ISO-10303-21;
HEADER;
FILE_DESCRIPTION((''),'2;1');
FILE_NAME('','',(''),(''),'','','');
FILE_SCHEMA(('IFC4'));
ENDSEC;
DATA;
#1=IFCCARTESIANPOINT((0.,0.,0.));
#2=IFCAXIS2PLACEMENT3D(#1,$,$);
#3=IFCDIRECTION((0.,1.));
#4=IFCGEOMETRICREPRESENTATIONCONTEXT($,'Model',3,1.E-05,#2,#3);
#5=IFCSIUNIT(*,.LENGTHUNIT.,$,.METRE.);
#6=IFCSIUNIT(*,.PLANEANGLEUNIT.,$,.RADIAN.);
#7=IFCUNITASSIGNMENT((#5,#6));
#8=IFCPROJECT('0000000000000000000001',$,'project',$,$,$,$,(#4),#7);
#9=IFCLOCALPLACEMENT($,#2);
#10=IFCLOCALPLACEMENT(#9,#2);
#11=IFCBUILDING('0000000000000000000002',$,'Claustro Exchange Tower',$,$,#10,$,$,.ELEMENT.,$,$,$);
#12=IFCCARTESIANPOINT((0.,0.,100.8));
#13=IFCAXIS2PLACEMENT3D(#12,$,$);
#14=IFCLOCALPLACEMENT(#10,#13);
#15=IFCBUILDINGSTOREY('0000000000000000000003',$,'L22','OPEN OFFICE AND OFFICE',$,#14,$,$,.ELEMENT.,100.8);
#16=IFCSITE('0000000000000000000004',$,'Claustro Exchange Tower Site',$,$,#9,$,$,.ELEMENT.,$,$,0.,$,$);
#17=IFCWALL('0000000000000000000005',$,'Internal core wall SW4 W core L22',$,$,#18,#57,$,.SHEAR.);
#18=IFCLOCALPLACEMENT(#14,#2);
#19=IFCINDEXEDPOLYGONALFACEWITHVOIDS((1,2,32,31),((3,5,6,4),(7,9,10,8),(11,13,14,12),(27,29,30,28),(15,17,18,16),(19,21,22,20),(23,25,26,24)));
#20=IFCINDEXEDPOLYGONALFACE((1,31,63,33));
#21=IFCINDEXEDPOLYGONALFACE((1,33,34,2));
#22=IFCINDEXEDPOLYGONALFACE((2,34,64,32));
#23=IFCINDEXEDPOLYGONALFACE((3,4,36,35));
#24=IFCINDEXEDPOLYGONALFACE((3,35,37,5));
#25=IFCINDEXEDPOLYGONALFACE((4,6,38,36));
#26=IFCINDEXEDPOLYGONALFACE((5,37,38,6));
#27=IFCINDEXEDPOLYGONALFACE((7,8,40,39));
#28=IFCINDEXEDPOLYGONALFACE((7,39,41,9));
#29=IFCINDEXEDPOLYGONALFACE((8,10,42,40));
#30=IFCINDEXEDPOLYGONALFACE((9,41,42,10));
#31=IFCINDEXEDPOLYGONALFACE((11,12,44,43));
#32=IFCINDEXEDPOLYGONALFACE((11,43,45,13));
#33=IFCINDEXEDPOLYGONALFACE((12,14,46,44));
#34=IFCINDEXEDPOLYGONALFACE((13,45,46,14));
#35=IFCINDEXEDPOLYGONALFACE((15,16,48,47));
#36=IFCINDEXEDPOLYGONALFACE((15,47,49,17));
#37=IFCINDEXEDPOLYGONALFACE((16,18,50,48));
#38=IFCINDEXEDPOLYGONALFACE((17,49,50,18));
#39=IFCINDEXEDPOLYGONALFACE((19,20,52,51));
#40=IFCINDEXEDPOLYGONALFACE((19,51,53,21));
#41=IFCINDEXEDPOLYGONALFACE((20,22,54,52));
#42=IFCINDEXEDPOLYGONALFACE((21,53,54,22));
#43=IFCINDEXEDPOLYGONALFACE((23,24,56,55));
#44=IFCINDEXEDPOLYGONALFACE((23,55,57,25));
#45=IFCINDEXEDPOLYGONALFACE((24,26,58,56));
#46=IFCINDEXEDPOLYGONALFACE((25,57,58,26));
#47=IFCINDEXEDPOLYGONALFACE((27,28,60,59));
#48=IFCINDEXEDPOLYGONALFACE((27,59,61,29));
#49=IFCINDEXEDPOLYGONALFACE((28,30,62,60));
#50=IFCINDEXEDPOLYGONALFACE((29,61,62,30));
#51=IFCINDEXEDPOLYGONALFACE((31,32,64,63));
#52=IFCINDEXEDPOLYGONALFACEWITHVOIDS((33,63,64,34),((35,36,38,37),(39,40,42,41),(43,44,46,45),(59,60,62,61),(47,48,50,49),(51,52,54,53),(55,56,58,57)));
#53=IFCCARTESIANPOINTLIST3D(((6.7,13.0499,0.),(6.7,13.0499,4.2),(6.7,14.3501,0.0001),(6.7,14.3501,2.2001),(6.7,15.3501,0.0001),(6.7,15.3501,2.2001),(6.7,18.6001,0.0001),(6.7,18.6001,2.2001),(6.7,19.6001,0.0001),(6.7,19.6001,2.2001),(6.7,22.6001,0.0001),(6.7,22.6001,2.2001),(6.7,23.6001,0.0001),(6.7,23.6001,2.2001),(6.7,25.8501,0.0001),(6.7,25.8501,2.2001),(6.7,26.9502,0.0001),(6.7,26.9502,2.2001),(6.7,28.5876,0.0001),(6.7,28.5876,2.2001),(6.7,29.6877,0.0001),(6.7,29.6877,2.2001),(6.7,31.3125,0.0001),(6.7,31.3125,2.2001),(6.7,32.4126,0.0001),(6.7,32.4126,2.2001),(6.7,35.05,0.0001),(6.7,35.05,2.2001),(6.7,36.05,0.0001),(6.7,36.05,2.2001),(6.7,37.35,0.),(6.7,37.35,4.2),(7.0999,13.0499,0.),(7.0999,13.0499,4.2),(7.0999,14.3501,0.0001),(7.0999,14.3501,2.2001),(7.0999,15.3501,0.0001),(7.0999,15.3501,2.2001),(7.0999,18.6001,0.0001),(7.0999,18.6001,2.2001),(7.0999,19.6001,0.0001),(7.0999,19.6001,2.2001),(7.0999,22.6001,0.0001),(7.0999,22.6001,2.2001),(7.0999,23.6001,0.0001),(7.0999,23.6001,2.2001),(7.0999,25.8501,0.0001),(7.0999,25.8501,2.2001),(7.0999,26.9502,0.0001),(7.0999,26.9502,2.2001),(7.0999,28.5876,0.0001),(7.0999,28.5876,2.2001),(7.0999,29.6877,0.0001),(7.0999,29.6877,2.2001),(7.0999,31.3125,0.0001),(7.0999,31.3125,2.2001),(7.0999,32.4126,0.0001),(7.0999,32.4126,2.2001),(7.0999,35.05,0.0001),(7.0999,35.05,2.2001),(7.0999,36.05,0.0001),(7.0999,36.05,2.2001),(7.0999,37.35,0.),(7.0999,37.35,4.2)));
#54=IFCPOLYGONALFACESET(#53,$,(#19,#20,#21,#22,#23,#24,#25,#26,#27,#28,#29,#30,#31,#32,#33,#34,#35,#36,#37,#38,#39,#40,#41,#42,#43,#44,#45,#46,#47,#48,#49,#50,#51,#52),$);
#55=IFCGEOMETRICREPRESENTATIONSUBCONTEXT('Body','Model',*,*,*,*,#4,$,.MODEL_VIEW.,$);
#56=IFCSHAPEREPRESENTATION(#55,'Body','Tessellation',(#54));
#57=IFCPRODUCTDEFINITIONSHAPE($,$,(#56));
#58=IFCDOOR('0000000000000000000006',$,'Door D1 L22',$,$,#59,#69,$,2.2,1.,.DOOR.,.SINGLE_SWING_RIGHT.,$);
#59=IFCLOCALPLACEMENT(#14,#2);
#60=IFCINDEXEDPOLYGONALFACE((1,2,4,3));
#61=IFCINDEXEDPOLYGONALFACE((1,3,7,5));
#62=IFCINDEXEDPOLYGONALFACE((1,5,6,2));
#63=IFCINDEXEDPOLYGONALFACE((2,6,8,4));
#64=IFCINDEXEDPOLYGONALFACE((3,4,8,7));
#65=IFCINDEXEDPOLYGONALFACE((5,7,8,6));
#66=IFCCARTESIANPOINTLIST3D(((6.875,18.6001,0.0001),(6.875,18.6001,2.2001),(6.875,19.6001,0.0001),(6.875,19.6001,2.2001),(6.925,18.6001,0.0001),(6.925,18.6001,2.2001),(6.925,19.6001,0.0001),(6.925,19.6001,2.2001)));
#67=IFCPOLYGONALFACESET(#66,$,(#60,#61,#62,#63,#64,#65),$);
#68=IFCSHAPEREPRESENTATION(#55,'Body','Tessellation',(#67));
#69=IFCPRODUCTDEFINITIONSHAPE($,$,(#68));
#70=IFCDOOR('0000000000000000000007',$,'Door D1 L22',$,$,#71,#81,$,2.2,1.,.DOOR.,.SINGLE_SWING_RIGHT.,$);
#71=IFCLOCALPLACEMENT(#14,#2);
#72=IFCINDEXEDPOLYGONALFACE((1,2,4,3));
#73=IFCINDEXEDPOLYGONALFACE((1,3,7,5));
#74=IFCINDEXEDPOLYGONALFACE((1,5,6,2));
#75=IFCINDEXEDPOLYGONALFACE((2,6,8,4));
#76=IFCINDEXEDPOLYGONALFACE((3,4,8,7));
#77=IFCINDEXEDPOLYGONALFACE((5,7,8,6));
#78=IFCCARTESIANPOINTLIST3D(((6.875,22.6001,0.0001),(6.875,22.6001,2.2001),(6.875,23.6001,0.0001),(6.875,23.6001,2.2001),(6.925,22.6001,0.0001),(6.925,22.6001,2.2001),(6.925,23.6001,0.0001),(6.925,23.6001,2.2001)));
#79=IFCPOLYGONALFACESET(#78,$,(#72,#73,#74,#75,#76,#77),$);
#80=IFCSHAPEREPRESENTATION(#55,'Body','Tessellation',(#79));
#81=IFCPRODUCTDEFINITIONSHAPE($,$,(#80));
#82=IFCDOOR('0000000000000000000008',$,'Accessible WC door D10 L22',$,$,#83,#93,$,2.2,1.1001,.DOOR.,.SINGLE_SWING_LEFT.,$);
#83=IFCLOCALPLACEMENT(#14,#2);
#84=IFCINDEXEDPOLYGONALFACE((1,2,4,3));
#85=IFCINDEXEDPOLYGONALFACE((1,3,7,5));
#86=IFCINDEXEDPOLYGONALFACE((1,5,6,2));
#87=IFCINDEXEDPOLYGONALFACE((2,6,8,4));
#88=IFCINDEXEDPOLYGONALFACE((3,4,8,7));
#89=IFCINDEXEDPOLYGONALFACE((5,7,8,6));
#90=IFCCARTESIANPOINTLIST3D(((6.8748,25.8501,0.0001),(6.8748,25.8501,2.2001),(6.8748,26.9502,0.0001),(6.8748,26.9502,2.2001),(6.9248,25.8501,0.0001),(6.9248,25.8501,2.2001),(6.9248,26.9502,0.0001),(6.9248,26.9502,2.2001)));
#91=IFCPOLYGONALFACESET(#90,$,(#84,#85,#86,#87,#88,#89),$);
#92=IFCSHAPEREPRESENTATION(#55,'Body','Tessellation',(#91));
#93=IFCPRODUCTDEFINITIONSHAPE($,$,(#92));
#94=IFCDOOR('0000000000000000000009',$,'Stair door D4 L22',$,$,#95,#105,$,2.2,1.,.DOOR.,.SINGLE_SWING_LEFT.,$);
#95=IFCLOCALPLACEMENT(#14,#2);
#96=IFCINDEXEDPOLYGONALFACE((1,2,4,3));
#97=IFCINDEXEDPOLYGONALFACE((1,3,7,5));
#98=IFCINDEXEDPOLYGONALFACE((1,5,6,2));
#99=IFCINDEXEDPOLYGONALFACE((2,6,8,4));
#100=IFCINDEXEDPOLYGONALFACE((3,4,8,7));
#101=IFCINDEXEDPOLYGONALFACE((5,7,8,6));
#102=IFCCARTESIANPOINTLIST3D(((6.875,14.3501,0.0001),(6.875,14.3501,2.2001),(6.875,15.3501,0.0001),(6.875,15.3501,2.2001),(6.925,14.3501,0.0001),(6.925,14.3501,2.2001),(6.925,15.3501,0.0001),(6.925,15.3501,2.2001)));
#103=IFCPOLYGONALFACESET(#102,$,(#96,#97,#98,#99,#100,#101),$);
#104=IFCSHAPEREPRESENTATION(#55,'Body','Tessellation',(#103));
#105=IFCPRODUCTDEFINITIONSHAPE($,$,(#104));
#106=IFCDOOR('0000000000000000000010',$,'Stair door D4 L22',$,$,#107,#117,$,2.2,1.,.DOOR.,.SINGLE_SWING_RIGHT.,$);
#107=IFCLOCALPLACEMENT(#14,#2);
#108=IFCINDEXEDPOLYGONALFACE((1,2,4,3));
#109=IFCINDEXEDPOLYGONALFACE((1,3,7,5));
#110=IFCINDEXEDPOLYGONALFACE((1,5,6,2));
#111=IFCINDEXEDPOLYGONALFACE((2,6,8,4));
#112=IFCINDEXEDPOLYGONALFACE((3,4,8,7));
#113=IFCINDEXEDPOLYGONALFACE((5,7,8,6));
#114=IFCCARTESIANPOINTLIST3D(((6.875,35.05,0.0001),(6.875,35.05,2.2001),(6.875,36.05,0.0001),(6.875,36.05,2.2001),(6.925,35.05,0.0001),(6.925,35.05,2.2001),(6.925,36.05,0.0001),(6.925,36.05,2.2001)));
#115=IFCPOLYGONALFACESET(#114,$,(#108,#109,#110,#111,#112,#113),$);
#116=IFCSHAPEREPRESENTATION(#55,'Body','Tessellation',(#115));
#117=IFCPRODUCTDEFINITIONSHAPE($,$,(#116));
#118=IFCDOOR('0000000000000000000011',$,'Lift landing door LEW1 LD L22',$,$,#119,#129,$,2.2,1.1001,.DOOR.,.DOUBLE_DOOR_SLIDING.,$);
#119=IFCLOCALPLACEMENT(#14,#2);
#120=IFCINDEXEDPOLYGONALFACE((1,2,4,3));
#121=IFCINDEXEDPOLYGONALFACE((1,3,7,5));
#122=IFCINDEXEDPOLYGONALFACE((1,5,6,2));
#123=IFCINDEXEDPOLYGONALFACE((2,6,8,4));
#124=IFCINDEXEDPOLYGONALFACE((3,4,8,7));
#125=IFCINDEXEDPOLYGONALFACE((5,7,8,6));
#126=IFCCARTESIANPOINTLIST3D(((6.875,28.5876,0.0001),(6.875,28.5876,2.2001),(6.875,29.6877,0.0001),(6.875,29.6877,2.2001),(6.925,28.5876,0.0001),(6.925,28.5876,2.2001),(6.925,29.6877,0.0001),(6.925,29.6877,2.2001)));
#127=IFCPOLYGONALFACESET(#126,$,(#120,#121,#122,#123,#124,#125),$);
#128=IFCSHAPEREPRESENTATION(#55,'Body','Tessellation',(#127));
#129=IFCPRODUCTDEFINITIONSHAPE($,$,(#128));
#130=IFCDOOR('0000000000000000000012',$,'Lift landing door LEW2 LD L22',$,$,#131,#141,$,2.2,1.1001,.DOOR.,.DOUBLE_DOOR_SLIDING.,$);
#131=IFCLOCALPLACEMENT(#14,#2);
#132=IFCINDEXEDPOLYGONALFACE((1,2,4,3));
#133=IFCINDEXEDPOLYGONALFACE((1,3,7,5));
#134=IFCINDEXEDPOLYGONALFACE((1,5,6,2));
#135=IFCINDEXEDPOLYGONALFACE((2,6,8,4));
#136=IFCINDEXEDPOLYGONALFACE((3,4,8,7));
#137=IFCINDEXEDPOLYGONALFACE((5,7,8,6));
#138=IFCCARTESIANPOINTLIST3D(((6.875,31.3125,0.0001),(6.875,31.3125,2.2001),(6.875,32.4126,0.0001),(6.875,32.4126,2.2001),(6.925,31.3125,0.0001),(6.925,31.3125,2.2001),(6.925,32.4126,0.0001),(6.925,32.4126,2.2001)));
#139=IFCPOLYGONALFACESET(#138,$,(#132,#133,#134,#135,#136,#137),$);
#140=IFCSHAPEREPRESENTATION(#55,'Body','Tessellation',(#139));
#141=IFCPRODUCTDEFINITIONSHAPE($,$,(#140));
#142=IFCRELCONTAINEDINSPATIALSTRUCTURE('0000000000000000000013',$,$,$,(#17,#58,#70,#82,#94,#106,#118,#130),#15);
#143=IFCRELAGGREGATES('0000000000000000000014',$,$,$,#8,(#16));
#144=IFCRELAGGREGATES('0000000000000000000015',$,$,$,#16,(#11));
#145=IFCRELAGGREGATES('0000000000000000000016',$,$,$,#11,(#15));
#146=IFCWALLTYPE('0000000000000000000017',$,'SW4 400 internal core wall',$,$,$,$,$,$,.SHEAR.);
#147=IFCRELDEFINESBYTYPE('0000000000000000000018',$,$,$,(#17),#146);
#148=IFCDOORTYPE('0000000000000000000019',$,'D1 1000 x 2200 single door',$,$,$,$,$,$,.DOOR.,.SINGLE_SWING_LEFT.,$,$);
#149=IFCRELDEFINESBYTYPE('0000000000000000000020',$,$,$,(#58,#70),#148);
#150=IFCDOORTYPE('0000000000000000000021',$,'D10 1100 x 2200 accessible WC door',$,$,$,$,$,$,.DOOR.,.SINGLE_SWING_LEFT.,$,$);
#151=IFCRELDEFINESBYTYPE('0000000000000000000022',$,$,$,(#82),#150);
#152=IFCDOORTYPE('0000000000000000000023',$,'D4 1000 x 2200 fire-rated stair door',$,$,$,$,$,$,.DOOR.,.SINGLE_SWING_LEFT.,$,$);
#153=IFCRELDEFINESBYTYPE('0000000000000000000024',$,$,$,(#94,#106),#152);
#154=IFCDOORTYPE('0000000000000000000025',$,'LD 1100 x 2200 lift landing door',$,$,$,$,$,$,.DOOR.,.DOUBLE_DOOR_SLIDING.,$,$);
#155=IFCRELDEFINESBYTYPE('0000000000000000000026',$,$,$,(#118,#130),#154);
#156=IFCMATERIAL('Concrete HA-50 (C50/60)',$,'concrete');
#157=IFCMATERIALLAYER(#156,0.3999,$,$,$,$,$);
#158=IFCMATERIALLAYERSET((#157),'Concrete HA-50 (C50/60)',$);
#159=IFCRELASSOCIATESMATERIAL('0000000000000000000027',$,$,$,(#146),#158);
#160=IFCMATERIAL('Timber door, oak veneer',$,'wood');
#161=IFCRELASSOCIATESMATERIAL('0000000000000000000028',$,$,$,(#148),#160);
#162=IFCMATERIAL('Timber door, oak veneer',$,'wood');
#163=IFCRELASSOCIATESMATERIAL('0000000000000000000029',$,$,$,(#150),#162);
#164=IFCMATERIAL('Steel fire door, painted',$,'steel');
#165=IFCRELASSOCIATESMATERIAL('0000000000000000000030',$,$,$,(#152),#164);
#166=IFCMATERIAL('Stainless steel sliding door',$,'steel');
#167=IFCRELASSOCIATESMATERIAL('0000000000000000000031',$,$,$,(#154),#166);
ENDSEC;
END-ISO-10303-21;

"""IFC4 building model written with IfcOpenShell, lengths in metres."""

from ifc_helpers import new_model, si_unit, direction, frame, frame_2d, origin, place, context, subcontext, project, spatial, rectangle, extrude, material, layer, layer_set, type_object, element, fill, save


model = new_model("IFC4")

# Units and contexts
model_context = context("Model", 3, precision=1e-05, world=origin(), true_north=direction((0.0, 1.0)))
body_context = subcontext(model_context, "Body", "Model", "MODEL_VIEW")
ifc_project = project(units=[si_unit("LENGTHUNIT", "METRE"), si_unit("PLANEANGLEUNIT", "RADIAN")], contexts=[model_context])

# Site, building, storey
site_placement = place(None, origin())
site = spatial("IfcSite", under=ifc_project, at=site_placement, Name="Claustro Exchange Tower Site", CompositionType="ELEMENT", RefElevation=0.0)
building_placement = place(site_placement, origin())
building = spatial("IfcBuilding", under=site, at=building_placement, Name="Claustro Exchange Tower", CompositionType="ELEMENT")
storey_placement = place(building_placement, frame((0.0, 0.0, 100.8)))
storey = spatial("IfcBuildingStorey", under=building, at=storey_placement, Name="L22", Description="OPEN OFFICE AND OFFICE", CompositionType="ELEMENT", Elevation=100.8)

# Wall, openings, doors
ifc_material_1 = material(Name="Concrete HA-50 (C50/60)", Category="concrete")
ifc_layer_1 = layer(ifc_material_1, 0.3999)
ifc_layer_set_1 = layer_set([ifc_layer_1], Name="Concrete HA-50 (C50/60)")
wall_type_1 = type_object("IfcWallType", Name="SW4 400 internal core wall", PredefinedType="SHEAR", material=ifc_layer_set_1)
wall_1_placement = place(storey_placement, frame((6.8999, 13.05, 0.0), z_axis=(0.0, 0.0, 1.0), x_axis=(0.0, 1.0, 0.0)))
wall_1 = element("IfcWall", 1, at=wall_1_placement, inside=storey, type_object=wall_type_1, Name="Internal core wall SW4 W core L22", PredefinedType="SHEAR", context=body_context, shape_type="SweptSolid", body=[
    extrude(rectangle(XDim=24.3, YDim=0.3999, at=frame_2d((12.1499, 0.0))), origin(), (0.0, 0.0, 1.0), 4.2),
])
opening_1_placement = place(wall_1_placement, frame((1.3, 0.0, 0.0)))
opening_1 = element("IfcOpeningElement", 2, at=opening_1_placement, cuts=wall_1, PredefinedType="OPENING", context=body_context, shape_type="SweptSolid", body=[
    extrude(rectangle(XDim=1.0, YDim=2.2, at=frame_2d((0.5, 1.1001))), frame((0.0, 0.21, 0.0), z_axis=(0.0, -1.0, 0.0), x_axis=(1.0, 0.0, 0.0)), (0.0, 0.0, 1.0), 0.4199),
])
opening_2_placement = place(wall_1_placement, frame((22.0, 0.0, 0.0)))
opening_2 = element("IfcOpeningElement", 3, at=opening_2_placement, cuts=wall_1, PredefinedType="OPENING", context=body_context, shape_type="SweptSolid", body=[
    extrude(rectangle(XDim=1.0, YDim=2.2, at=frame_2d((0.5, 1.1001))), frame((0.0, 0.21, 0.0), z_axis=(0.0, -1.0, 0.0), x_axis=(1.0, 0.0, 0.0)), (0.0, 0.0, 1.0), 0.4199),
])
opening_3_placement = place(wall_1_placement, frame((5.55, 0.0, 0.0)))
opening_3 = element("IfcOpeningElement", 4, at=opening_3_placement, cuts=wall_1, PredefinedType="OPENING", context=body_context, shape_type="SweptSolid", body=[
    extrude(rectangle(XDim=1.0, YDim=2.2, at=frame_2d((0.5, 1.1001))), frame((0.0, 0.21, 0.0), z_axis=(0.0, -1.0, 0.0), x_axis=(1.0, 0.0, 0.0)), (0.0, 0.0, 1.0), 0.4199),
])
opening_4_placement = place(wall_1_placement, frame((9.55, 0.0, 0.0)))
opening_4 = element("IfcOpeningElement", 5, at=opening_4_placement, cuts=wall_1, PredefinedType="OPENING", context=body_context, shape_type="SweptSolid", body=[
    extrude(rectangle(XDim=1.0, YDim=2.2, at=frame_2d((0.5, 1.1001))), frame((0.0, 0.21, 0.0), z_axis=(0.0, -1.0, 0.0), x_axis=(1.0, 0.0, 0.0)), (0.0, 0.0, 1.0), 0.4199),
])
opening_5_placement = place(wall_1_placement, frame((12.8, 0.0, 0.0)))
opening_5 = element("IfcOpeningElement", 6, at=opening_5_placement, cuts=wall_1, PredefinedType="OPENING", context=body_context, shape_type="SweptSolid", body=[
    extrude(rectangle(XDim=1.1001, YDim=2.2, at=frame_2d((0.55, 1.1001))), frame((0.0, 0.21, 0.0), z_axis=(0.0, -1.0, 0.0), x_axis=(1.0, 0.0, 0.0)), (0.0, 0.0, 1.0), 0.4199),
])
opening_6_placement = place(wall_1_placement, frame((15.5376, 0.0, 0.0)))
opening_6 = element("IfcOpeningElement", 7, at=opening_6_placement, cuts=wall_1, PredefinedType="OPENING", context=body_context, shape_type="SweptSolid", body=[
    extrude(rectangle(XDim=1.1001, YDim=2.2, at=frame_2d((0.55, 1.1001))), frame((0.0, 0.21, 0.0), z_axis=(0.0, -1.0, 0.0), x_axis=(1.0, 0.0, 0.0)), (0.0, 0.0, 1.0), 0.4199),
])
opening_7_placement = place(wall_1_placement, frame((18.2625, 0.0, 0.0)))
opening_7 = element("IfcOpeningElement", 8, at=opening_7_placement, cuts=wall_1, PredefinedType="OPENING", context=body_context, shape_type="SweptSolid", body=[
    extrude(rectangle(XDim=1.1001, YDim=2.2, at=frame_2d((0.55, 1.1001))), frame((0.0, 0.21, 0.0), z_axis=(0.0, -1.0, 0.0), x_axis=(1.0, 0.0, 0.0)), (0.0, 0.0, 1.0), 0.4199),
])
ifc_material_2 = material(Name="Timber door, oak veneer", Category="wood")
door_type_1 = type_object("IfcDoorType", Name="D1 1000 x 2200 single door", OperationType="SINGLE_SWING_LEFT", PredefinedType="DOOR", material=ifc_material_2)
door_1_placement = place(opening_3_placement, origin())
door_1 = element("IfcDoor", 9, at=door_1_placement, inside=storey, type_object=door_type_1, Name="Door D1 L22", OperationType="SINGLE_SWING_RIGHT", OverallHeight=2.2, OverallWidth=1.0, PredefinedType="DOOR", context=body_context, shape_type="SweptSolid", body=[
    extrude(rectangle(XDim=1.0, YDim=2.2, at=frame_2d((0.5, 1.1001))), frame((0.0, 0.0249, 0.0), z_axis=(0.0, -1.0, 0.0), x_axis=(1.0, 0.0, 0.0)), (0.0, 0.0, 1.0), 0.05),
])
fill(opening_3, door_1)
door_2_placement = place(opening_4_placement, origin())
door_2 = element("IfcDoor", 10, at=door_2_placement, inside=storey, type_object=door_type_1, Name="Door D1 L22", OperationType="SINGLE_SWING_RIGHT", OverallHeight=2.2, OverallWidth=1.0, PredefinedType="DOOR", context=body_context, shape_type="SweptSolid", body=[
    extrude(rectangle(XDim=1.0, YDim=2.2, at=frame_2d((0.5, 1.1001))), frame((0.0, 0.0249, 0.0), z_axis=(0.0, -1.0, 0.0), x_axis=(1.0, 0.0, 0.0)), (0.0, 0.0, 1.0), 0.05),
])
fill(opening_4, door_2)
ifc_material_3 = material(Name="Timber door, oak veneer", Category="wood")
door_type_2 = type_object("IfcDoorType", Name="D10 1100 x 2200 accessible WC door", OperationType="SINGLE_SWING_LEFT", PredefinedType="DOOR", material=ifc_material_3)
door_3_placement = place(opening_5_placement, frame((1.1001, 0.0, 0.0), z_axis=(0.0, 0.0, 1.0), x_axis=(-1.0, 0.0, 0.0)))
door_3 = element("IfcDoor", 11, at=door_3_placement, inside=storey, type_object=door_type_2, Name="Accessible WC door D10 L22", OperationType="SINGLE_SWING_LEFT", OverallHeight=2.2, OverallWidth=1.1001, PredefinedType="DOOR", context=body_context, shape_type="SweptSolid", body=[
    extrude(rectangle(XDim=1.1001, YDim=2.2, at=frame_2d((0.55, 1.1001))), frame((0.0, 0.0249, 0.0), z_axis=(0.0, -1.0, 0.0), x_axis=(1.0, 0.0, 0.0)), (0.0, 0.0, 1.0), 0.05),
])
fill(opening_5, door_3)
ifc_material_4 = material(Name="Steel fire door, painted", Category="steel")
door_type_3 = type_object("IfcDoorType", Name="D4 1000 x 2200 fire-rated stair door", OperationType="SINGLE_SWING_LEFT", PredefinedType="DOOR", material=ifc_material_4)
door_4_placement = place(opening_1_placement, origin())
door_4 = element("IfcDoor", 12, at=door_4_placement, inside=storey, type_object=door_type_3, Name="Stair door D4 L22", OperationType="SINGLE_SWING_LEFT", OverallHeight=2.2, OverallWidth=1.0, PredefinedType="DOOR", context=body_context, shape_type="SweptSolid", body=[
    extrude(rectangle(XDim=1.0, YDim=2.2, at=frame_2d((0.5, 1.1001))), frame((0.0, 0.0249, 0.0), z_axis=(0.0, -1.0, 0.0), x_axis=(1.0, 0.0, 0.0)), (0.0, 0.0, 1.0), 0.05),
])
fill(opening_1, door_4)
door_5_placement = place(opening_2_placement, origin())
door_5 = element("IfcDoor", 13, at=door_5_placement, inside=storey, type_object=door_type_3, Name="Stair door D4 L22", OperationType="SINGLE_SWING_RIGHT", OverallHeight=2.2, OverallWidth=1.0, PredefinedType="DOOR", context=body_context, shape_type="SweptSolid", body=[
    extrude(rectangle(XDim=1.0, YDim=2.2, at=frame_2d((0.5, 1.1001))), frame((0.0, 0.0249, 0.0), z_axis=(0.0, -1.0, 0.0), x_axis=(1.0, 0.0, 0.0)), (0.0, 0.0, 1.0), 0.05),
])
fill(opening_2, door_5)
ifc_material_5 = material(Name="Stainless steel sliding door", Category="steel")
door_type_4 = type_object("IfcDoorType", Name="LD 1100 x 2200 lift landing door", OperationType="DOUBLE_DOOR_SLIDING", PredefinedType="DOOR", material=ifc_material_5)
door_6_placement = place(opening_6_placement, origin())
door_6 = element("IfcDoor", 14, at=door_6_placement, inside=storey, type_object=door_type_4, Name="Lift landing door LEW1 LD L22", OperationType="DOUBLE_DOOR_SLIDING", OverallHeight=2.2, OverallWidth=1.1001, PredefinedType="DOOR", context=body_context, shape_type="SweptSolid", body=[
    extrude(rectangle(XDim=1.1001, YDim=2.2, at=frame_2d((0.55, 1.1001))), frame((0.0, 0.0249, 0.0), z_axis=(0.0, -1.0, 0.0), x_axis=(1.0, 0.0, 0.0)), (0.0, 0.0, 1.0), 0.05),
])
fill(opening_6, door_6)
door_7_placement = place(opening_7_placement, origin())
door_7 = element("IfcDoor", 15, at=door_7_placement, inside=storey, type_object=door_type_4, Name="Lift landing door LEW2 LD L22", OperationType="DOUBLE_DOOR_SLIDING", OverallHeight=2.2, OverallWidth=1.1001, PredefinedType="DOOR", context=body_context, shape_type="SweptSolid", body=[
    extrude(rectangle(XDim=1.1001, YDim=2.2, at=frame_2d((0.55, 1.1001))), frame((0.0, 0.0249, 0.0), z_axis=(0.0, -1.0, 0.0), x_axis=(1.0, 0.0, 0.0)), (0.0, 0.0, 1.0), 0.05),
])
fill(opening_7, door_7)

save(model, "model.ifc")
